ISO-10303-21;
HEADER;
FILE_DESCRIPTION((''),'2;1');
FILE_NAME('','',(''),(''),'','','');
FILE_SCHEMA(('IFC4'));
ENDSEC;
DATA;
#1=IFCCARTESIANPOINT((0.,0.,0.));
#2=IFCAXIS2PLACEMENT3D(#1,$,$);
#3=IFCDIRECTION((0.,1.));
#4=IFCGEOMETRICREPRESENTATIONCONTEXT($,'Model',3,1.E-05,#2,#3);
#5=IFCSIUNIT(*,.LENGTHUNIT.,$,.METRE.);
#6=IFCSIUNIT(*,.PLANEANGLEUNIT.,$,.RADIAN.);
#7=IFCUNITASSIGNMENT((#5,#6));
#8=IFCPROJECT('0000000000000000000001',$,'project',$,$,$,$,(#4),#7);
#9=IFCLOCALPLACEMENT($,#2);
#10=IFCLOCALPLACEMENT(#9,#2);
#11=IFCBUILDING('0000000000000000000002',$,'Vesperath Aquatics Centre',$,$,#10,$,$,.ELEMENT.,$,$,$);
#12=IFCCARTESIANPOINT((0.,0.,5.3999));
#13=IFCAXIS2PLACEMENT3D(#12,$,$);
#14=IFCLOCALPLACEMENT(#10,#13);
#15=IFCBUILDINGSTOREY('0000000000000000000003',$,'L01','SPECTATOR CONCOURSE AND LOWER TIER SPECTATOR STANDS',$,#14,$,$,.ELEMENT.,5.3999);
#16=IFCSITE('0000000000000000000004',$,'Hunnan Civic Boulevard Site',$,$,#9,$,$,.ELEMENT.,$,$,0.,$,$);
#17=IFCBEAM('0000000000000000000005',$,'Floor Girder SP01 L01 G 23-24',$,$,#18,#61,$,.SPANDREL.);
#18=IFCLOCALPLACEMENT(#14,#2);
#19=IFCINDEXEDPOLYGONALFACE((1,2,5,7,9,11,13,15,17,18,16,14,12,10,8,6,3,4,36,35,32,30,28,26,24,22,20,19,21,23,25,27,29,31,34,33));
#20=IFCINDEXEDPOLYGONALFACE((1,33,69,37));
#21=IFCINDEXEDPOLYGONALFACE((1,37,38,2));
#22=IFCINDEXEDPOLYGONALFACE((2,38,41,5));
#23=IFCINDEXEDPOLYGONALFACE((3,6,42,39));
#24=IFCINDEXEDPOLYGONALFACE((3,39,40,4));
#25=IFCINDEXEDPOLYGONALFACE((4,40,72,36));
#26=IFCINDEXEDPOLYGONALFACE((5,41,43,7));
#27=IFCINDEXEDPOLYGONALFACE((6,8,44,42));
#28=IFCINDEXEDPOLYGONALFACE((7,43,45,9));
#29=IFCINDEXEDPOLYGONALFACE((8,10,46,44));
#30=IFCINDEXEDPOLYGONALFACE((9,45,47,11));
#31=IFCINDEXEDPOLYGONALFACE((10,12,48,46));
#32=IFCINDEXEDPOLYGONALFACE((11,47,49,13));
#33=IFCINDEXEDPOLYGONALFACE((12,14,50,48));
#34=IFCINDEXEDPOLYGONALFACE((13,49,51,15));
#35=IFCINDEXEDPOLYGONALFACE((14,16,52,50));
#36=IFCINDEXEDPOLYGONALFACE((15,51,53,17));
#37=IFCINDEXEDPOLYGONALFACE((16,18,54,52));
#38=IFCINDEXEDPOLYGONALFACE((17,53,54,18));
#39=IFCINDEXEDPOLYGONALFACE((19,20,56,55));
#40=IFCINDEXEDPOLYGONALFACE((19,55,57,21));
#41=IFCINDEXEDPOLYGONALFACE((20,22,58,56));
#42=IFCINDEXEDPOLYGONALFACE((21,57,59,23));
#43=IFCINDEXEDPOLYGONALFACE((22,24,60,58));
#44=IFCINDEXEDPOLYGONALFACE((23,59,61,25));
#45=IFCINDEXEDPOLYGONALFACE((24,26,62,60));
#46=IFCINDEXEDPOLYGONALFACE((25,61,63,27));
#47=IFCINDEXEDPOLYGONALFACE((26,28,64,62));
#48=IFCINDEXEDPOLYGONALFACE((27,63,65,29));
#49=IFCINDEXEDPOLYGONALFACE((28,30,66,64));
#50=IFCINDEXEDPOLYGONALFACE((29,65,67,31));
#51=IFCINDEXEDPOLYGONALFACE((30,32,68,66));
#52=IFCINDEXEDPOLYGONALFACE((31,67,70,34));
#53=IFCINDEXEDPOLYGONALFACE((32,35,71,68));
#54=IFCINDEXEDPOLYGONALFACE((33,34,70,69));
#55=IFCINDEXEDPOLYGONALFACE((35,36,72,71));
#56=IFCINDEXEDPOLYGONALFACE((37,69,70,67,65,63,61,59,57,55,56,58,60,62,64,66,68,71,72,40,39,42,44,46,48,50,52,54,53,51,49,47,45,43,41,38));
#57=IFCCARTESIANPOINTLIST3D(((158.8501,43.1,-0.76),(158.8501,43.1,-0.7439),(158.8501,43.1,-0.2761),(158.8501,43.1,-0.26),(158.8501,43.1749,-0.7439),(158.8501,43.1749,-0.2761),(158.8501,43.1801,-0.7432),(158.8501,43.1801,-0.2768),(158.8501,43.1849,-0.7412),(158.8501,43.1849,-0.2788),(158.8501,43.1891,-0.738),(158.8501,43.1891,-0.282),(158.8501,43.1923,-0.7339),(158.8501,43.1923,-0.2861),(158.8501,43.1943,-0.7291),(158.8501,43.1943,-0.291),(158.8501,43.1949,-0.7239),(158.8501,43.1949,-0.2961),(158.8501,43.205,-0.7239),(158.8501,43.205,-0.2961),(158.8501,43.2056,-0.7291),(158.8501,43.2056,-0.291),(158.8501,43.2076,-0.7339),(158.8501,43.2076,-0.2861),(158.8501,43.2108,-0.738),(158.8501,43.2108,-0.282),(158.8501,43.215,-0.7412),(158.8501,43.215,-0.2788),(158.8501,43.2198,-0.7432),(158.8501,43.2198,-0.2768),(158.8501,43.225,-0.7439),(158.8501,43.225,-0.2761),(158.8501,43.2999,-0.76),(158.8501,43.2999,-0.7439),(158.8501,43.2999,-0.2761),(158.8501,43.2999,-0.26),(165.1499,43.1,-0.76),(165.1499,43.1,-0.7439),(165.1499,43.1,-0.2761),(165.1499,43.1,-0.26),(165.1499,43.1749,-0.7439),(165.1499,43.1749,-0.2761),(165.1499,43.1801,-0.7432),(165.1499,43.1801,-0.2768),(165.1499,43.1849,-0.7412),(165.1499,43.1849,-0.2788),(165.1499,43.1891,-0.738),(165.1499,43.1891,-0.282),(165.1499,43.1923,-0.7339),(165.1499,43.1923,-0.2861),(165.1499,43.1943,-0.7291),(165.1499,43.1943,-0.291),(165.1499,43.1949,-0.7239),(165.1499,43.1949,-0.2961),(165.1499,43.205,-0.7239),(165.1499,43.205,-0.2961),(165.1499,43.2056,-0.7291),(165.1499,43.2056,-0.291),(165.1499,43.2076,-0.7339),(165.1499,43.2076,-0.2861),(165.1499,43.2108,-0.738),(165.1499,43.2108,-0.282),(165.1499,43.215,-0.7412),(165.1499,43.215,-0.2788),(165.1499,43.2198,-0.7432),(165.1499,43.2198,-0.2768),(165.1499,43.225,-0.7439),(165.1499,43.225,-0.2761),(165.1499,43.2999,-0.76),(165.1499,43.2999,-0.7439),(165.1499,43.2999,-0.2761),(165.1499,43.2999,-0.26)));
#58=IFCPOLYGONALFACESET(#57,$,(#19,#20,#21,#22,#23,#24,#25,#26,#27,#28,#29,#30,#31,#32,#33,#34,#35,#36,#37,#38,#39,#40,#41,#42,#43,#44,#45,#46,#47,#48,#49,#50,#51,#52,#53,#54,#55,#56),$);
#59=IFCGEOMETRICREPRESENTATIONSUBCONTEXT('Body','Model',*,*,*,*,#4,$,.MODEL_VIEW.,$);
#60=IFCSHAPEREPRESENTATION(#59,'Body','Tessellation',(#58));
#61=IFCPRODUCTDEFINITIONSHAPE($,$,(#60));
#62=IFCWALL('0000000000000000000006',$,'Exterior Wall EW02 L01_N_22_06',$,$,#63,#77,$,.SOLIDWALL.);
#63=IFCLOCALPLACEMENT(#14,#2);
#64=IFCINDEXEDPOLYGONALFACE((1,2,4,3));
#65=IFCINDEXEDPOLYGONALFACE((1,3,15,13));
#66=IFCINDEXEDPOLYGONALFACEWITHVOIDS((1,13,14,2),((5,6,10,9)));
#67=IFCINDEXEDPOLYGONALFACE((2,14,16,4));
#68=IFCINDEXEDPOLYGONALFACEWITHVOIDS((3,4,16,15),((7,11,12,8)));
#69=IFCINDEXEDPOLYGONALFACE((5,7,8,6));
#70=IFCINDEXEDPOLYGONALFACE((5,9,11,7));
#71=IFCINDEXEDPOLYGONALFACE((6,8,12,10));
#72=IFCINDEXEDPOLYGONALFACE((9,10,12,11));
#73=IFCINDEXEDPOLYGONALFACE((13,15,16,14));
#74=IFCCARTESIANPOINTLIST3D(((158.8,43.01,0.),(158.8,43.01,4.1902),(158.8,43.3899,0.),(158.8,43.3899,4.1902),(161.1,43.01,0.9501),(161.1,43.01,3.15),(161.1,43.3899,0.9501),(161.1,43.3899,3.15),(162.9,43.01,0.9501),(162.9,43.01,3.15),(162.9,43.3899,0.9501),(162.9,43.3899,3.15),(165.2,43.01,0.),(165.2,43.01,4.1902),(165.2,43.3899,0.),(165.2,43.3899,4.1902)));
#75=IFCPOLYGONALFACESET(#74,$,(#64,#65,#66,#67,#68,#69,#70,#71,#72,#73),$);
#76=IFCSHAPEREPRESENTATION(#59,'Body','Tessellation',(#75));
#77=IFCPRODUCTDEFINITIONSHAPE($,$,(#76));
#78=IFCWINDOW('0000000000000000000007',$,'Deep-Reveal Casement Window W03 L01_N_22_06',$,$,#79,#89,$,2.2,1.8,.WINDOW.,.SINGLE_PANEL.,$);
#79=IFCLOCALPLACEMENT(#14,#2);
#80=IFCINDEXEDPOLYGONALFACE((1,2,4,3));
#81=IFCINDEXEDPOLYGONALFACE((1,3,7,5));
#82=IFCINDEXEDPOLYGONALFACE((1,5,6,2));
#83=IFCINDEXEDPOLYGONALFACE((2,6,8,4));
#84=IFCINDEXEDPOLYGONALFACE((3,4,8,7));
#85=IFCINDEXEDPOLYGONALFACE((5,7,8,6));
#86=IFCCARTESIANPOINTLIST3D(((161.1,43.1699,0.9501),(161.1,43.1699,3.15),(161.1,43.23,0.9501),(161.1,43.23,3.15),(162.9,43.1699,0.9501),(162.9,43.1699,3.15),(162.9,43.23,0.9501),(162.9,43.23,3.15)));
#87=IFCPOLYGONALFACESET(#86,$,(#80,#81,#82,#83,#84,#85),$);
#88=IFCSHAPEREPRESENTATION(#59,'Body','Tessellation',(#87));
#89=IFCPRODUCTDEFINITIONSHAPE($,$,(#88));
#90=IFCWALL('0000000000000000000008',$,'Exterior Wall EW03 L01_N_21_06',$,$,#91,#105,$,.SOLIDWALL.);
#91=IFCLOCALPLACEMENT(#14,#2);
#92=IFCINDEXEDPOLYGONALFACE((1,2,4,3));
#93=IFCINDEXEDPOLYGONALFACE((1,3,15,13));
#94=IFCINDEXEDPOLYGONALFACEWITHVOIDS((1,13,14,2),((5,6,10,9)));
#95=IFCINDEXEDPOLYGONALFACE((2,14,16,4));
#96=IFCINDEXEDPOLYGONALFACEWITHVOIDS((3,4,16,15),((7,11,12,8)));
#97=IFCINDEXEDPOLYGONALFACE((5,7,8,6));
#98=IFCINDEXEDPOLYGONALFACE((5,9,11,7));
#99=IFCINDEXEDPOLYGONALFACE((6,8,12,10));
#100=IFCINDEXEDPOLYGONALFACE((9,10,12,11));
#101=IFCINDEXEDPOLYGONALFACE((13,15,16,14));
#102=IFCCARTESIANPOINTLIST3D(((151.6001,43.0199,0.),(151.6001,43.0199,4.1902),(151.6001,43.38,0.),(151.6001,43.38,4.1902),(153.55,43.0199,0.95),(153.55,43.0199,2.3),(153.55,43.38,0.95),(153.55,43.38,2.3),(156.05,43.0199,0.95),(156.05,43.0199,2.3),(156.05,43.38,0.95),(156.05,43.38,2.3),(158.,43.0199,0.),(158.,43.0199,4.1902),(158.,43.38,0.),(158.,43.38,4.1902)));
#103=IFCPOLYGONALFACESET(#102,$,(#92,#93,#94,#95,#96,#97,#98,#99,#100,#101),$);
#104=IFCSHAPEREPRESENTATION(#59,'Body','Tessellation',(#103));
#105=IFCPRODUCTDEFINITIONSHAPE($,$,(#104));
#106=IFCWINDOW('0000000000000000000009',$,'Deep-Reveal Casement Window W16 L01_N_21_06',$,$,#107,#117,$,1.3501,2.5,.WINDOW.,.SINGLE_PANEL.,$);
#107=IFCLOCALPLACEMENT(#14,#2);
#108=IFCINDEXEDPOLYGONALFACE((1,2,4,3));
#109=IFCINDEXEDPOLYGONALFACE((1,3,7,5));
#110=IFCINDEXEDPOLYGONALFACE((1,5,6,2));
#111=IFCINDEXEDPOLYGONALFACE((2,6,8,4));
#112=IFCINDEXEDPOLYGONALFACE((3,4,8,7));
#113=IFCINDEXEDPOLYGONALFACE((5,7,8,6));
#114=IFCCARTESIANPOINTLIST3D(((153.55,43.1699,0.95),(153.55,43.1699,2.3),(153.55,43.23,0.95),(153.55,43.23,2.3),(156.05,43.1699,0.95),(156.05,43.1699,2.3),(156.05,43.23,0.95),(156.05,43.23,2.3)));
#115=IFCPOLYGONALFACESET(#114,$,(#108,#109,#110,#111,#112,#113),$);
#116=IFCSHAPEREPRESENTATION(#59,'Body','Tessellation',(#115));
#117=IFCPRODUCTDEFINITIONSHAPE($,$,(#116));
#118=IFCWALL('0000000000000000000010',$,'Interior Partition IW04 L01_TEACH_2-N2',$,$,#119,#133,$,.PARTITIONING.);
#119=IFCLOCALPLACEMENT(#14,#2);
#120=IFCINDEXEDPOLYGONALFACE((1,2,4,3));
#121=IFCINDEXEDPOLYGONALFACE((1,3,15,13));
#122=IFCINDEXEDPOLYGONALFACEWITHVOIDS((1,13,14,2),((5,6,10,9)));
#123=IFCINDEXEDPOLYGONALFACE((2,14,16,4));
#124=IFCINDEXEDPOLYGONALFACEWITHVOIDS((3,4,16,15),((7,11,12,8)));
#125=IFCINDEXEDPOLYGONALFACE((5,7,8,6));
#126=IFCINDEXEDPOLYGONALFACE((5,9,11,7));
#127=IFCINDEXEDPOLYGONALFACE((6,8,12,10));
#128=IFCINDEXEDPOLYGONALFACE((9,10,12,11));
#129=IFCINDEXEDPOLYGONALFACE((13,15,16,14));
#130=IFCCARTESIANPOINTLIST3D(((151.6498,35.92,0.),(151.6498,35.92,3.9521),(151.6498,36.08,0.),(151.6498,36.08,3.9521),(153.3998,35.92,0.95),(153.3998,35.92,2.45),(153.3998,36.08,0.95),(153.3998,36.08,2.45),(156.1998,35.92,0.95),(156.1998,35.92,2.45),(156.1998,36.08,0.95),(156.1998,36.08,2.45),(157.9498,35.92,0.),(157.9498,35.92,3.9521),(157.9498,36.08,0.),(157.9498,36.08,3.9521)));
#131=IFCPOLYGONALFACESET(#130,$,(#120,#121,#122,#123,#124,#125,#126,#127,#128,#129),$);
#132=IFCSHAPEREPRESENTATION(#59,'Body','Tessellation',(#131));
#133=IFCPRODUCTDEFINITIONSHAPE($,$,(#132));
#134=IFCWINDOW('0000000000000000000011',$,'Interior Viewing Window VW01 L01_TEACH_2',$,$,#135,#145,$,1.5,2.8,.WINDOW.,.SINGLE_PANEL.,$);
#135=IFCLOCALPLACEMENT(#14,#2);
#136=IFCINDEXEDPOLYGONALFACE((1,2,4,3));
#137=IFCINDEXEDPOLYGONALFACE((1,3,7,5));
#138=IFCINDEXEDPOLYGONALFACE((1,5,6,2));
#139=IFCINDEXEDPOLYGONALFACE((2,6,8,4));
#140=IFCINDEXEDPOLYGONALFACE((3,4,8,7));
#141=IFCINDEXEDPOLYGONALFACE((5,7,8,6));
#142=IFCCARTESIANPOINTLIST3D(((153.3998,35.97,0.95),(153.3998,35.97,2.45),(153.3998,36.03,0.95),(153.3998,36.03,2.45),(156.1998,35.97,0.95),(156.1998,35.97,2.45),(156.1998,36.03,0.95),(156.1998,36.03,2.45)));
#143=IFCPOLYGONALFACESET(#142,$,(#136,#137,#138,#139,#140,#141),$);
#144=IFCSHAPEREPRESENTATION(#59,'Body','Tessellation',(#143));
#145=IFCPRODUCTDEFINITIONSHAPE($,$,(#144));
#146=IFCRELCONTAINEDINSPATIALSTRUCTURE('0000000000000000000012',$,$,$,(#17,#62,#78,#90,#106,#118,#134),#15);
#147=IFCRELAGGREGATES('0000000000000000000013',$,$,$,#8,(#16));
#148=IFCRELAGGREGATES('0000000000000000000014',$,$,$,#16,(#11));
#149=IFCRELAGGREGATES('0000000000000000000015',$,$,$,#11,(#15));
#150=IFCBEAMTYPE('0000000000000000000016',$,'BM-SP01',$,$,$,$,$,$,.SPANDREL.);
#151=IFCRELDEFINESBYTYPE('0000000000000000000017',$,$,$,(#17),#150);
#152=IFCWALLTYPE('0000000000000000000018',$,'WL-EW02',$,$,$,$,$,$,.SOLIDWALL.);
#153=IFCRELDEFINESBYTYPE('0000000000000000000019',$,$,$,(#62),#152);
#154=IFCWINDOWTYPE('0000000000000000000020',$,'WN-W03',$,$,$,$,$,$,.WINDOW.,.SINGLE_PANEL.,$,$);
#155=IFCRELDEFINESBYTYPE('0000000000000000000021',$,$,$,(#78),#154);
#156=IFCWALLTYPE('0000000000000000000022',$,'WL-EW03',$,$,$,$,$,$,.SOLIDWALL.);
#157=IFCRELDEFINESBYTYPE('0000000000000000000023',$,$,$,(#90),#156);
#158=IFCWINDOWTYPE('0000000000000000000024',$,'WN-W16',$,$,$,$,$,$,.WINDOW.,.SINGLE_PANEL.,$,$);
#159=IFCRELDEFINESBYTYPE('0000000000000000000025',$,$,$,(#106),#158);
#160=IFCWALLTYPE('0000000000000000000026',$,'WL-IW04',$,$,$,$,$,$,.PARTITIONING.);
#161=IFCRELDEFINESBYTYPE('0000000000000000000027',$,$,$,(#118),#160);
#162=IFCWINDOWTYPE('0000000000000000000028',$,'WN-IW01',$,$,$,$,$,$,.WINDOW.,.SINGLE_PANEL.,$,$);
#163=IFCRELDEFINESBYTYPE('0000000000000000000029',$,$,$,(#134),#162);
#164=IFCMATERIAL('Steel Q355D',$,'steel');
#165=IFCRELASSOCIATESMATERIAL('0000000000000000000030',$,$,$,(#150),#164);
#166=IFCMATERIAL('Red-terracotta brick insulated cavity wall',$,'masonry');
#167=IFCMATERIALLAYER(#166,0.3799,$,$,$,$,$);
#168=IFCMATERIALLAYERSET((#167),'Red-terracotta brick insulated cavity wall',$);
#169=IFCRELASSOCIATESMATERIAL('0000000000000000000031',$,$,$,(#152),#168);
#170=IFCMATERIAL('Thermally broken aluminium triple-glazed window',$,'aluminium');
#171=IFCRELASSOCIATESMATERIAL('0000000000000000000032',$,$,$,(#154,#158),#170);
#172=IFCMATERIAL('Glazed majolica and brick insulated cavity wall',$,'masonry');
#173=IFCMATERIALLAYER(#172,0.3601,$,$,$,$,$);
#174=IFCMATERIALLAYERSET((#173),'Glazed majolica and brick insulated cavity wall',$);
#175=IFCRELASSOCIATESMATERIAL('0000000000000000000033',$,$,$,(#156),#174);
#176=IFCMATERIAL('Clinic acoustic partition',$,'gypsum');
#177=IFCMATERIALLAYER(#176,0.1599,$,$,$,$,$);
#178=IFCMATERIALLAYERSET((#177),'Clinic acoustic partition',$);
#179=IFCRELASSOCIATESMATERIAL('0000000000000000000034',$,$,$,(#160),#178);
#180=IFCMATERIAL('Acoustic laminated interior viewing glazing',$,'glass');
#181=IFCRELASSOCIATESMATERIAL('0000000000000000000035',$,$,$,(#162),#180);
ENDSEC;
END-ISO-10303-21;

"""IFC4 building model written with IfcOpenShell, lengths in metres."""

from ifc_helpers import new_model, si_unit, direction, frame, frame_2d, origin, origin_2d, place, context, subcontext, project, spatial, rectangle, i_section, extrude, material, layer, layer_set, material_profile, profile_set, type_object, element, fill, save


model = new_model("IFC4")

# Units and contexts
model_context = context("Model", 3, precision=1e-05, world=origin(), true_north=direction((0.0, 1.0)))
body_context = subcontext(model_context, "Body", "Model", "MODEL_VIEW")
ifc_project = project(units=[si_unit("LENGTHUNIT", "METRE"), si_unit("PLANEANGLEUNIT", "RADIAN")], contexts=[model_context])

# Site, building, storey
site_placement = place(None, origin())
site = spatial("IfcSite", under=ifc_project, at=site_placement, Name="Hunnan Civic Boulevard Site", CompositionType="ELEMENT", RefElevation=0.0)
building_placement = place(site_placement, origin())
building = spatial("IfcBuilding", under=site, at=building_placement, Name="Vesperath Aquatics Centre", CompositionType="ELEMENT")
storey_placement = place(building_placement, frame((0.0, 0.0, 5.3999)))
storey = spatial("IfcBuildingStorey", under=building, at=storey_placement, Name="L01", Description="SPECTATOR CONCOURSE AND LOWER TIER SPECTATOR STANDS", CompositionType="ELEMENT", Elevation=5.3999)

# Beam
ifc_material_1 = material(Name="Steel Q355D", Category="steel")
ifc_material_profile_1 = material_profile(ifc_material_1, i_section(OverallWidth=0.2, OverallDepth=0.5, WebThickness=0.01, FlangeThickness=0.0161, FilletRadius=0.02, at=origin_2d()), Name="HN 500x200x10x16")
ifc_profile_set_1 = profile_set([ifc_material_profile_1], Name="Steel Q355D")
beam_type_1 = type_object("IfcBeamType", Name="BM-SP01", PredefinedType="SPANDREL", material=ifc_profile_set_1)
beam_1_placement = place(storey_placement, frame((158.8501, 43.2, -0.51), z_axis=(1.0, 0.0, 0.0), x_axis=(0.0, 1.0, 0.0)))
element("IfcBeam", 1, at=beam_1_placement, inside=storey, type_object=beam_type_1, Name="Floor Girder SP01 L01 G 23-24", PredefinedType="SPANDREL", context=body_context, shape_type="SweptSolid", body=[
    extrude(i_section(OverallWidth=0.2, OverallDepth=0.5, WebThickness=0.01, FlangeThickness=0.0161, FilletRadius=0.02, at=origin_2d()), origin(), (0.0, 0.0, 1.0), 6.2998),
])

# Walls, openings, windows
ifc_material_2 = material(Name="Red-terracotta brick insulated cavity wall", Category="masonry")
ifc_layer_1 = layer(ifc_material_2, 0.3799)
ifc_layer_set_1 = layer_set([ifc_layer_1], Name="Red-terracotta brick insulated cavity wall")
wall_type_1 = type_object("IfcWallType", Name="WL-EW02", PredefinedType="SOLIDWALL", material=ifc_layer_set_1)
wall_1_placement = place(storey_placement, frame((158.8, 43.2, 0.0), z_axis=(0.0, 0.0, 1.0), x_axis=(1.0, 0.0, 0.0)))
wall_1 = element("IfcWall", 2, at=wall_1_placement, inside=storey, type_object=wall_type_1, Name="Exterior Wall EW02 L01_N_22_06", PredefinedType="SOLIDWALL", context=body_context, shape_type="SweptSolid", body=[
    extrude(rectangle(XDim=6.3999, YDim=0.3799, at=frame_2d((3.2, 0.0))), origin(), (0.0, 0.0, 1.0), 4.1902),
])
opening_1_placement = place(wall_1_placement, frame((2.3, 0.0, 0.95)))
opening_1 = element("IfcOpeningElement", 3, at=opening_1_placement, cuts=wall_1, PredefinedType="OPENING", context=body_context, shape_type="SweptSolid", body=[
    extrude(rectangle(XDim=1.8, YDim=2.2, at=frame_2d((0.8999, 1.1001))), frame((0.0, 0.2048, 0.0), z_axis=(0.0, -1.0, 0.0), x_axis=(1.0, 0.0, 0.0)), (0.0, 0.0, 1.0), 0.4097),
])
ifc_material_3 = material(Name="Thermally broken aluminium triple-glazed window", Category="aluminium")
window_type_1 = type_object("IfcWindowType", Name="WN-W03", PartitioningType="SINGLE_PANEL", PredefinedType="WINDOW", material=ifc_material_3)
window_1_placement = place(opening_1_placement, origin())
window_1 = element("IfcWindow", 4, at=window_1_placement, inside=storey, type_object=window_type_1, Name="Deep-Reveal Casement Window W03 L01_N_22_06", OverallHeight=2.2, OverallWidth=1.8, PartitioningType="SINGLE_PANEL", PredefinedType="WINDOW", context=body_context, shape_type="SweptSolid", body=[
    extrude(rectangle(XDim=1.8, YDim=2.2, at=frame_2d((0.8999, 1.1001))), frame((0.0, 0.03, 0.0), z_axis=(0.0, -1.0, 0.0), x_axis=(1.0, 0.0, 0.0)), (0.0, 0.0, 1.0), 0.0601),
])
fill(opening_1, window_1)
ifc_material_4 = material(Name="Glazed majolica and brick insulated cavity wall", Category="masonry")
ifc_layer_2 = layer(ifc_material_4, 0.3601)
ifc_layer_set_2 = layer_set([ifc_layer_2], Name="Glazed majolica and brick insulated cavity wall")
wall_type_2 = type_object("IfcWallType", Name="WL-EW03", PredefinedType="SOLIDWALL", material=ifc_layer_set_2)
wall_2_placement = place(storey_placement, frame((151.6001, 43.2, 0.0), z_axis=(0.0, 0.0, 1.0), x_axis=(1.0, 0.0, 0.0)))
wall_2 = element("IfcWall", 5, at=wall_2_placement, inside=storey, type_object=wall_type_2, Name="Exterior Wall EW03 L01_N_21_06", PredefinedType="SOLIDWALL", context=body_context, shape_type="SweptSolid", body=[
    extrude(rectangle(XDim=6.3999, YDim=0.3601, at=frame_2d((3.2, 0.0))), origin(), (0.0, 0.0, 1.0), 4.1902),
])
opening_2_placement = place(wall_2_placement, frame((1.95, 0.0, 0.95)))
opening_2 = element("IfcOpeningElement", 6, at=opening_2_placement, cuts=wall_2, PredefinedType="OPENING", context=body_context, shape_type="SweptSolid", body=[
    extrude(rectangle(XDim=2.5, YDim=1.3501, at=frame_2d((1.25, 0.675))), frame((0.0, 0.1948, 0.0), z_axis=(0.0, -1.0, 0.0), x_axis=(1.0, 0.0, 0.0)), (0.0, 0.0, 1.0), 0.3899),
])
window_type_2 = type_object("IfcWindowType", Name="WN-W16", PartitioningType="SINGLE_PANEL", PredefinedType="WINDOW", material=ifc_material_3)
window_2_placement = place(opening_2_placement, origin())
window_2 = element("IfcWindow", 7, at=window_2_placement, inside=storey, type_object=window_type_2, Name="Deep-Reveal Casement Window W16 L01_N_21_06", OverallHeight=1.3501, OverallWidth=2.5, PartitioningType="SINGLE_PANEL", PredefinedType="WINDOW", context=body_context, shape_type="SweptSolid", body=[
    extrude(rectangle(XDim=2.5, YDim=1.3501, at=frame_2d((1.25, 0.675))), frame((0.0, 0.03, 0.0), z_axis=(0.0, -1.0, 0.0), x_axis=(1.0, 0.0, 0.0)), (0.0, 0.0, 1.0), 0.0601),
])
fill(opening_2, window_2)
ifc_material_5 = material(Name="Clinic acoustic partition", Category="gypsum")
ifc_layer_3 = layer(ifc_material_5, 0.1599)
ifc_layer_set_3 = layer_set([ifc_layer_3], Name="Clinic acoustic partition")
wall_type_3 = type_object("IfcWallType", Name="WL-IW04", PredefinedType="PARTITIONING", material=ifc_layer_set_3)
wall_3_placement = place(storey_placement, frame((151.6499, 36.0, 0.0), z_axis=(0.0, 0.0, 1.0), x_axis=(1.0, 0.0, 0.0)))
wall_3 = element("IfcWall", 8, at=wall_3_placement, inside=storey, type_object=wall_type_3, Name="Interior Partition IW04 L01_TEACH_2-N2", PredefinedType="PARTITIONING", context=body_context, shape_type="SweptSolid", body=[
    extrude(rectangle(XDim=6.3, YDim=0.1599, at=frame_2d((3.1499, 0.0))), origin(), (0.0, 0.0, 1.0), 3.9521),
])
opening_3_placement = place(wall_3_placement, frame((1.75, 0.0, 0.95)))
opening_3 = element("IfcOpeningElement", 9, at=opening_3_placement, cuts=wall_3, PredefinedType="OPENING", context=body_context, shape_type="SweptSolid", body=[
    extrude(rectangle(XDim=2.8, YDim=1.5, at=frame_2d((1.3999, 0.75))), frame((0.0, 0.0947, 0.0), z_axis=(0.0, -1.0, 0.0), x_axis=(1.0, 0.0, 0.0)), (0.0, 0.0, 1.0), 0.1897),
])
ifc_material_6 = material(Name="Acoustic laminated interior viewing glazing", Category="glass")
window_type_3 = type_object("IfcWindowType", Name="WN-IW01", PartitioningType="SINGLE_PANEL", PredefinedType="WINDOW", material=ifc_material_6)
window_3_placement = place(opening_3_placement, origin())
window_3 = element("IfcWindow", 10, at=window_3_placement, inside=storey, type_object=window_type_3, Name="Interior Viewing Window VW01 L01_TEACH_2", OverallHeight=1.5, OverallWidth=2.8, PartitioningType="SINGLE_PANEL", PredefinedType="WINDOW", context=body_context, shape_type="SweptSolid", body=[
    extrude(rectangle(XDim=2.8, YDim=1.5, at=frame_2d((1.3999, 0.75))), frame((0.0, 0.03, 0.0), z_axis=(0.0, -1.0, 0.0), x_axis=(1.0, 0.0, 0.0)), (0.0, 0.0, 1.0), 0.0601),
])
fill(opening_3, window_3)

save(model, "model.ifc")
